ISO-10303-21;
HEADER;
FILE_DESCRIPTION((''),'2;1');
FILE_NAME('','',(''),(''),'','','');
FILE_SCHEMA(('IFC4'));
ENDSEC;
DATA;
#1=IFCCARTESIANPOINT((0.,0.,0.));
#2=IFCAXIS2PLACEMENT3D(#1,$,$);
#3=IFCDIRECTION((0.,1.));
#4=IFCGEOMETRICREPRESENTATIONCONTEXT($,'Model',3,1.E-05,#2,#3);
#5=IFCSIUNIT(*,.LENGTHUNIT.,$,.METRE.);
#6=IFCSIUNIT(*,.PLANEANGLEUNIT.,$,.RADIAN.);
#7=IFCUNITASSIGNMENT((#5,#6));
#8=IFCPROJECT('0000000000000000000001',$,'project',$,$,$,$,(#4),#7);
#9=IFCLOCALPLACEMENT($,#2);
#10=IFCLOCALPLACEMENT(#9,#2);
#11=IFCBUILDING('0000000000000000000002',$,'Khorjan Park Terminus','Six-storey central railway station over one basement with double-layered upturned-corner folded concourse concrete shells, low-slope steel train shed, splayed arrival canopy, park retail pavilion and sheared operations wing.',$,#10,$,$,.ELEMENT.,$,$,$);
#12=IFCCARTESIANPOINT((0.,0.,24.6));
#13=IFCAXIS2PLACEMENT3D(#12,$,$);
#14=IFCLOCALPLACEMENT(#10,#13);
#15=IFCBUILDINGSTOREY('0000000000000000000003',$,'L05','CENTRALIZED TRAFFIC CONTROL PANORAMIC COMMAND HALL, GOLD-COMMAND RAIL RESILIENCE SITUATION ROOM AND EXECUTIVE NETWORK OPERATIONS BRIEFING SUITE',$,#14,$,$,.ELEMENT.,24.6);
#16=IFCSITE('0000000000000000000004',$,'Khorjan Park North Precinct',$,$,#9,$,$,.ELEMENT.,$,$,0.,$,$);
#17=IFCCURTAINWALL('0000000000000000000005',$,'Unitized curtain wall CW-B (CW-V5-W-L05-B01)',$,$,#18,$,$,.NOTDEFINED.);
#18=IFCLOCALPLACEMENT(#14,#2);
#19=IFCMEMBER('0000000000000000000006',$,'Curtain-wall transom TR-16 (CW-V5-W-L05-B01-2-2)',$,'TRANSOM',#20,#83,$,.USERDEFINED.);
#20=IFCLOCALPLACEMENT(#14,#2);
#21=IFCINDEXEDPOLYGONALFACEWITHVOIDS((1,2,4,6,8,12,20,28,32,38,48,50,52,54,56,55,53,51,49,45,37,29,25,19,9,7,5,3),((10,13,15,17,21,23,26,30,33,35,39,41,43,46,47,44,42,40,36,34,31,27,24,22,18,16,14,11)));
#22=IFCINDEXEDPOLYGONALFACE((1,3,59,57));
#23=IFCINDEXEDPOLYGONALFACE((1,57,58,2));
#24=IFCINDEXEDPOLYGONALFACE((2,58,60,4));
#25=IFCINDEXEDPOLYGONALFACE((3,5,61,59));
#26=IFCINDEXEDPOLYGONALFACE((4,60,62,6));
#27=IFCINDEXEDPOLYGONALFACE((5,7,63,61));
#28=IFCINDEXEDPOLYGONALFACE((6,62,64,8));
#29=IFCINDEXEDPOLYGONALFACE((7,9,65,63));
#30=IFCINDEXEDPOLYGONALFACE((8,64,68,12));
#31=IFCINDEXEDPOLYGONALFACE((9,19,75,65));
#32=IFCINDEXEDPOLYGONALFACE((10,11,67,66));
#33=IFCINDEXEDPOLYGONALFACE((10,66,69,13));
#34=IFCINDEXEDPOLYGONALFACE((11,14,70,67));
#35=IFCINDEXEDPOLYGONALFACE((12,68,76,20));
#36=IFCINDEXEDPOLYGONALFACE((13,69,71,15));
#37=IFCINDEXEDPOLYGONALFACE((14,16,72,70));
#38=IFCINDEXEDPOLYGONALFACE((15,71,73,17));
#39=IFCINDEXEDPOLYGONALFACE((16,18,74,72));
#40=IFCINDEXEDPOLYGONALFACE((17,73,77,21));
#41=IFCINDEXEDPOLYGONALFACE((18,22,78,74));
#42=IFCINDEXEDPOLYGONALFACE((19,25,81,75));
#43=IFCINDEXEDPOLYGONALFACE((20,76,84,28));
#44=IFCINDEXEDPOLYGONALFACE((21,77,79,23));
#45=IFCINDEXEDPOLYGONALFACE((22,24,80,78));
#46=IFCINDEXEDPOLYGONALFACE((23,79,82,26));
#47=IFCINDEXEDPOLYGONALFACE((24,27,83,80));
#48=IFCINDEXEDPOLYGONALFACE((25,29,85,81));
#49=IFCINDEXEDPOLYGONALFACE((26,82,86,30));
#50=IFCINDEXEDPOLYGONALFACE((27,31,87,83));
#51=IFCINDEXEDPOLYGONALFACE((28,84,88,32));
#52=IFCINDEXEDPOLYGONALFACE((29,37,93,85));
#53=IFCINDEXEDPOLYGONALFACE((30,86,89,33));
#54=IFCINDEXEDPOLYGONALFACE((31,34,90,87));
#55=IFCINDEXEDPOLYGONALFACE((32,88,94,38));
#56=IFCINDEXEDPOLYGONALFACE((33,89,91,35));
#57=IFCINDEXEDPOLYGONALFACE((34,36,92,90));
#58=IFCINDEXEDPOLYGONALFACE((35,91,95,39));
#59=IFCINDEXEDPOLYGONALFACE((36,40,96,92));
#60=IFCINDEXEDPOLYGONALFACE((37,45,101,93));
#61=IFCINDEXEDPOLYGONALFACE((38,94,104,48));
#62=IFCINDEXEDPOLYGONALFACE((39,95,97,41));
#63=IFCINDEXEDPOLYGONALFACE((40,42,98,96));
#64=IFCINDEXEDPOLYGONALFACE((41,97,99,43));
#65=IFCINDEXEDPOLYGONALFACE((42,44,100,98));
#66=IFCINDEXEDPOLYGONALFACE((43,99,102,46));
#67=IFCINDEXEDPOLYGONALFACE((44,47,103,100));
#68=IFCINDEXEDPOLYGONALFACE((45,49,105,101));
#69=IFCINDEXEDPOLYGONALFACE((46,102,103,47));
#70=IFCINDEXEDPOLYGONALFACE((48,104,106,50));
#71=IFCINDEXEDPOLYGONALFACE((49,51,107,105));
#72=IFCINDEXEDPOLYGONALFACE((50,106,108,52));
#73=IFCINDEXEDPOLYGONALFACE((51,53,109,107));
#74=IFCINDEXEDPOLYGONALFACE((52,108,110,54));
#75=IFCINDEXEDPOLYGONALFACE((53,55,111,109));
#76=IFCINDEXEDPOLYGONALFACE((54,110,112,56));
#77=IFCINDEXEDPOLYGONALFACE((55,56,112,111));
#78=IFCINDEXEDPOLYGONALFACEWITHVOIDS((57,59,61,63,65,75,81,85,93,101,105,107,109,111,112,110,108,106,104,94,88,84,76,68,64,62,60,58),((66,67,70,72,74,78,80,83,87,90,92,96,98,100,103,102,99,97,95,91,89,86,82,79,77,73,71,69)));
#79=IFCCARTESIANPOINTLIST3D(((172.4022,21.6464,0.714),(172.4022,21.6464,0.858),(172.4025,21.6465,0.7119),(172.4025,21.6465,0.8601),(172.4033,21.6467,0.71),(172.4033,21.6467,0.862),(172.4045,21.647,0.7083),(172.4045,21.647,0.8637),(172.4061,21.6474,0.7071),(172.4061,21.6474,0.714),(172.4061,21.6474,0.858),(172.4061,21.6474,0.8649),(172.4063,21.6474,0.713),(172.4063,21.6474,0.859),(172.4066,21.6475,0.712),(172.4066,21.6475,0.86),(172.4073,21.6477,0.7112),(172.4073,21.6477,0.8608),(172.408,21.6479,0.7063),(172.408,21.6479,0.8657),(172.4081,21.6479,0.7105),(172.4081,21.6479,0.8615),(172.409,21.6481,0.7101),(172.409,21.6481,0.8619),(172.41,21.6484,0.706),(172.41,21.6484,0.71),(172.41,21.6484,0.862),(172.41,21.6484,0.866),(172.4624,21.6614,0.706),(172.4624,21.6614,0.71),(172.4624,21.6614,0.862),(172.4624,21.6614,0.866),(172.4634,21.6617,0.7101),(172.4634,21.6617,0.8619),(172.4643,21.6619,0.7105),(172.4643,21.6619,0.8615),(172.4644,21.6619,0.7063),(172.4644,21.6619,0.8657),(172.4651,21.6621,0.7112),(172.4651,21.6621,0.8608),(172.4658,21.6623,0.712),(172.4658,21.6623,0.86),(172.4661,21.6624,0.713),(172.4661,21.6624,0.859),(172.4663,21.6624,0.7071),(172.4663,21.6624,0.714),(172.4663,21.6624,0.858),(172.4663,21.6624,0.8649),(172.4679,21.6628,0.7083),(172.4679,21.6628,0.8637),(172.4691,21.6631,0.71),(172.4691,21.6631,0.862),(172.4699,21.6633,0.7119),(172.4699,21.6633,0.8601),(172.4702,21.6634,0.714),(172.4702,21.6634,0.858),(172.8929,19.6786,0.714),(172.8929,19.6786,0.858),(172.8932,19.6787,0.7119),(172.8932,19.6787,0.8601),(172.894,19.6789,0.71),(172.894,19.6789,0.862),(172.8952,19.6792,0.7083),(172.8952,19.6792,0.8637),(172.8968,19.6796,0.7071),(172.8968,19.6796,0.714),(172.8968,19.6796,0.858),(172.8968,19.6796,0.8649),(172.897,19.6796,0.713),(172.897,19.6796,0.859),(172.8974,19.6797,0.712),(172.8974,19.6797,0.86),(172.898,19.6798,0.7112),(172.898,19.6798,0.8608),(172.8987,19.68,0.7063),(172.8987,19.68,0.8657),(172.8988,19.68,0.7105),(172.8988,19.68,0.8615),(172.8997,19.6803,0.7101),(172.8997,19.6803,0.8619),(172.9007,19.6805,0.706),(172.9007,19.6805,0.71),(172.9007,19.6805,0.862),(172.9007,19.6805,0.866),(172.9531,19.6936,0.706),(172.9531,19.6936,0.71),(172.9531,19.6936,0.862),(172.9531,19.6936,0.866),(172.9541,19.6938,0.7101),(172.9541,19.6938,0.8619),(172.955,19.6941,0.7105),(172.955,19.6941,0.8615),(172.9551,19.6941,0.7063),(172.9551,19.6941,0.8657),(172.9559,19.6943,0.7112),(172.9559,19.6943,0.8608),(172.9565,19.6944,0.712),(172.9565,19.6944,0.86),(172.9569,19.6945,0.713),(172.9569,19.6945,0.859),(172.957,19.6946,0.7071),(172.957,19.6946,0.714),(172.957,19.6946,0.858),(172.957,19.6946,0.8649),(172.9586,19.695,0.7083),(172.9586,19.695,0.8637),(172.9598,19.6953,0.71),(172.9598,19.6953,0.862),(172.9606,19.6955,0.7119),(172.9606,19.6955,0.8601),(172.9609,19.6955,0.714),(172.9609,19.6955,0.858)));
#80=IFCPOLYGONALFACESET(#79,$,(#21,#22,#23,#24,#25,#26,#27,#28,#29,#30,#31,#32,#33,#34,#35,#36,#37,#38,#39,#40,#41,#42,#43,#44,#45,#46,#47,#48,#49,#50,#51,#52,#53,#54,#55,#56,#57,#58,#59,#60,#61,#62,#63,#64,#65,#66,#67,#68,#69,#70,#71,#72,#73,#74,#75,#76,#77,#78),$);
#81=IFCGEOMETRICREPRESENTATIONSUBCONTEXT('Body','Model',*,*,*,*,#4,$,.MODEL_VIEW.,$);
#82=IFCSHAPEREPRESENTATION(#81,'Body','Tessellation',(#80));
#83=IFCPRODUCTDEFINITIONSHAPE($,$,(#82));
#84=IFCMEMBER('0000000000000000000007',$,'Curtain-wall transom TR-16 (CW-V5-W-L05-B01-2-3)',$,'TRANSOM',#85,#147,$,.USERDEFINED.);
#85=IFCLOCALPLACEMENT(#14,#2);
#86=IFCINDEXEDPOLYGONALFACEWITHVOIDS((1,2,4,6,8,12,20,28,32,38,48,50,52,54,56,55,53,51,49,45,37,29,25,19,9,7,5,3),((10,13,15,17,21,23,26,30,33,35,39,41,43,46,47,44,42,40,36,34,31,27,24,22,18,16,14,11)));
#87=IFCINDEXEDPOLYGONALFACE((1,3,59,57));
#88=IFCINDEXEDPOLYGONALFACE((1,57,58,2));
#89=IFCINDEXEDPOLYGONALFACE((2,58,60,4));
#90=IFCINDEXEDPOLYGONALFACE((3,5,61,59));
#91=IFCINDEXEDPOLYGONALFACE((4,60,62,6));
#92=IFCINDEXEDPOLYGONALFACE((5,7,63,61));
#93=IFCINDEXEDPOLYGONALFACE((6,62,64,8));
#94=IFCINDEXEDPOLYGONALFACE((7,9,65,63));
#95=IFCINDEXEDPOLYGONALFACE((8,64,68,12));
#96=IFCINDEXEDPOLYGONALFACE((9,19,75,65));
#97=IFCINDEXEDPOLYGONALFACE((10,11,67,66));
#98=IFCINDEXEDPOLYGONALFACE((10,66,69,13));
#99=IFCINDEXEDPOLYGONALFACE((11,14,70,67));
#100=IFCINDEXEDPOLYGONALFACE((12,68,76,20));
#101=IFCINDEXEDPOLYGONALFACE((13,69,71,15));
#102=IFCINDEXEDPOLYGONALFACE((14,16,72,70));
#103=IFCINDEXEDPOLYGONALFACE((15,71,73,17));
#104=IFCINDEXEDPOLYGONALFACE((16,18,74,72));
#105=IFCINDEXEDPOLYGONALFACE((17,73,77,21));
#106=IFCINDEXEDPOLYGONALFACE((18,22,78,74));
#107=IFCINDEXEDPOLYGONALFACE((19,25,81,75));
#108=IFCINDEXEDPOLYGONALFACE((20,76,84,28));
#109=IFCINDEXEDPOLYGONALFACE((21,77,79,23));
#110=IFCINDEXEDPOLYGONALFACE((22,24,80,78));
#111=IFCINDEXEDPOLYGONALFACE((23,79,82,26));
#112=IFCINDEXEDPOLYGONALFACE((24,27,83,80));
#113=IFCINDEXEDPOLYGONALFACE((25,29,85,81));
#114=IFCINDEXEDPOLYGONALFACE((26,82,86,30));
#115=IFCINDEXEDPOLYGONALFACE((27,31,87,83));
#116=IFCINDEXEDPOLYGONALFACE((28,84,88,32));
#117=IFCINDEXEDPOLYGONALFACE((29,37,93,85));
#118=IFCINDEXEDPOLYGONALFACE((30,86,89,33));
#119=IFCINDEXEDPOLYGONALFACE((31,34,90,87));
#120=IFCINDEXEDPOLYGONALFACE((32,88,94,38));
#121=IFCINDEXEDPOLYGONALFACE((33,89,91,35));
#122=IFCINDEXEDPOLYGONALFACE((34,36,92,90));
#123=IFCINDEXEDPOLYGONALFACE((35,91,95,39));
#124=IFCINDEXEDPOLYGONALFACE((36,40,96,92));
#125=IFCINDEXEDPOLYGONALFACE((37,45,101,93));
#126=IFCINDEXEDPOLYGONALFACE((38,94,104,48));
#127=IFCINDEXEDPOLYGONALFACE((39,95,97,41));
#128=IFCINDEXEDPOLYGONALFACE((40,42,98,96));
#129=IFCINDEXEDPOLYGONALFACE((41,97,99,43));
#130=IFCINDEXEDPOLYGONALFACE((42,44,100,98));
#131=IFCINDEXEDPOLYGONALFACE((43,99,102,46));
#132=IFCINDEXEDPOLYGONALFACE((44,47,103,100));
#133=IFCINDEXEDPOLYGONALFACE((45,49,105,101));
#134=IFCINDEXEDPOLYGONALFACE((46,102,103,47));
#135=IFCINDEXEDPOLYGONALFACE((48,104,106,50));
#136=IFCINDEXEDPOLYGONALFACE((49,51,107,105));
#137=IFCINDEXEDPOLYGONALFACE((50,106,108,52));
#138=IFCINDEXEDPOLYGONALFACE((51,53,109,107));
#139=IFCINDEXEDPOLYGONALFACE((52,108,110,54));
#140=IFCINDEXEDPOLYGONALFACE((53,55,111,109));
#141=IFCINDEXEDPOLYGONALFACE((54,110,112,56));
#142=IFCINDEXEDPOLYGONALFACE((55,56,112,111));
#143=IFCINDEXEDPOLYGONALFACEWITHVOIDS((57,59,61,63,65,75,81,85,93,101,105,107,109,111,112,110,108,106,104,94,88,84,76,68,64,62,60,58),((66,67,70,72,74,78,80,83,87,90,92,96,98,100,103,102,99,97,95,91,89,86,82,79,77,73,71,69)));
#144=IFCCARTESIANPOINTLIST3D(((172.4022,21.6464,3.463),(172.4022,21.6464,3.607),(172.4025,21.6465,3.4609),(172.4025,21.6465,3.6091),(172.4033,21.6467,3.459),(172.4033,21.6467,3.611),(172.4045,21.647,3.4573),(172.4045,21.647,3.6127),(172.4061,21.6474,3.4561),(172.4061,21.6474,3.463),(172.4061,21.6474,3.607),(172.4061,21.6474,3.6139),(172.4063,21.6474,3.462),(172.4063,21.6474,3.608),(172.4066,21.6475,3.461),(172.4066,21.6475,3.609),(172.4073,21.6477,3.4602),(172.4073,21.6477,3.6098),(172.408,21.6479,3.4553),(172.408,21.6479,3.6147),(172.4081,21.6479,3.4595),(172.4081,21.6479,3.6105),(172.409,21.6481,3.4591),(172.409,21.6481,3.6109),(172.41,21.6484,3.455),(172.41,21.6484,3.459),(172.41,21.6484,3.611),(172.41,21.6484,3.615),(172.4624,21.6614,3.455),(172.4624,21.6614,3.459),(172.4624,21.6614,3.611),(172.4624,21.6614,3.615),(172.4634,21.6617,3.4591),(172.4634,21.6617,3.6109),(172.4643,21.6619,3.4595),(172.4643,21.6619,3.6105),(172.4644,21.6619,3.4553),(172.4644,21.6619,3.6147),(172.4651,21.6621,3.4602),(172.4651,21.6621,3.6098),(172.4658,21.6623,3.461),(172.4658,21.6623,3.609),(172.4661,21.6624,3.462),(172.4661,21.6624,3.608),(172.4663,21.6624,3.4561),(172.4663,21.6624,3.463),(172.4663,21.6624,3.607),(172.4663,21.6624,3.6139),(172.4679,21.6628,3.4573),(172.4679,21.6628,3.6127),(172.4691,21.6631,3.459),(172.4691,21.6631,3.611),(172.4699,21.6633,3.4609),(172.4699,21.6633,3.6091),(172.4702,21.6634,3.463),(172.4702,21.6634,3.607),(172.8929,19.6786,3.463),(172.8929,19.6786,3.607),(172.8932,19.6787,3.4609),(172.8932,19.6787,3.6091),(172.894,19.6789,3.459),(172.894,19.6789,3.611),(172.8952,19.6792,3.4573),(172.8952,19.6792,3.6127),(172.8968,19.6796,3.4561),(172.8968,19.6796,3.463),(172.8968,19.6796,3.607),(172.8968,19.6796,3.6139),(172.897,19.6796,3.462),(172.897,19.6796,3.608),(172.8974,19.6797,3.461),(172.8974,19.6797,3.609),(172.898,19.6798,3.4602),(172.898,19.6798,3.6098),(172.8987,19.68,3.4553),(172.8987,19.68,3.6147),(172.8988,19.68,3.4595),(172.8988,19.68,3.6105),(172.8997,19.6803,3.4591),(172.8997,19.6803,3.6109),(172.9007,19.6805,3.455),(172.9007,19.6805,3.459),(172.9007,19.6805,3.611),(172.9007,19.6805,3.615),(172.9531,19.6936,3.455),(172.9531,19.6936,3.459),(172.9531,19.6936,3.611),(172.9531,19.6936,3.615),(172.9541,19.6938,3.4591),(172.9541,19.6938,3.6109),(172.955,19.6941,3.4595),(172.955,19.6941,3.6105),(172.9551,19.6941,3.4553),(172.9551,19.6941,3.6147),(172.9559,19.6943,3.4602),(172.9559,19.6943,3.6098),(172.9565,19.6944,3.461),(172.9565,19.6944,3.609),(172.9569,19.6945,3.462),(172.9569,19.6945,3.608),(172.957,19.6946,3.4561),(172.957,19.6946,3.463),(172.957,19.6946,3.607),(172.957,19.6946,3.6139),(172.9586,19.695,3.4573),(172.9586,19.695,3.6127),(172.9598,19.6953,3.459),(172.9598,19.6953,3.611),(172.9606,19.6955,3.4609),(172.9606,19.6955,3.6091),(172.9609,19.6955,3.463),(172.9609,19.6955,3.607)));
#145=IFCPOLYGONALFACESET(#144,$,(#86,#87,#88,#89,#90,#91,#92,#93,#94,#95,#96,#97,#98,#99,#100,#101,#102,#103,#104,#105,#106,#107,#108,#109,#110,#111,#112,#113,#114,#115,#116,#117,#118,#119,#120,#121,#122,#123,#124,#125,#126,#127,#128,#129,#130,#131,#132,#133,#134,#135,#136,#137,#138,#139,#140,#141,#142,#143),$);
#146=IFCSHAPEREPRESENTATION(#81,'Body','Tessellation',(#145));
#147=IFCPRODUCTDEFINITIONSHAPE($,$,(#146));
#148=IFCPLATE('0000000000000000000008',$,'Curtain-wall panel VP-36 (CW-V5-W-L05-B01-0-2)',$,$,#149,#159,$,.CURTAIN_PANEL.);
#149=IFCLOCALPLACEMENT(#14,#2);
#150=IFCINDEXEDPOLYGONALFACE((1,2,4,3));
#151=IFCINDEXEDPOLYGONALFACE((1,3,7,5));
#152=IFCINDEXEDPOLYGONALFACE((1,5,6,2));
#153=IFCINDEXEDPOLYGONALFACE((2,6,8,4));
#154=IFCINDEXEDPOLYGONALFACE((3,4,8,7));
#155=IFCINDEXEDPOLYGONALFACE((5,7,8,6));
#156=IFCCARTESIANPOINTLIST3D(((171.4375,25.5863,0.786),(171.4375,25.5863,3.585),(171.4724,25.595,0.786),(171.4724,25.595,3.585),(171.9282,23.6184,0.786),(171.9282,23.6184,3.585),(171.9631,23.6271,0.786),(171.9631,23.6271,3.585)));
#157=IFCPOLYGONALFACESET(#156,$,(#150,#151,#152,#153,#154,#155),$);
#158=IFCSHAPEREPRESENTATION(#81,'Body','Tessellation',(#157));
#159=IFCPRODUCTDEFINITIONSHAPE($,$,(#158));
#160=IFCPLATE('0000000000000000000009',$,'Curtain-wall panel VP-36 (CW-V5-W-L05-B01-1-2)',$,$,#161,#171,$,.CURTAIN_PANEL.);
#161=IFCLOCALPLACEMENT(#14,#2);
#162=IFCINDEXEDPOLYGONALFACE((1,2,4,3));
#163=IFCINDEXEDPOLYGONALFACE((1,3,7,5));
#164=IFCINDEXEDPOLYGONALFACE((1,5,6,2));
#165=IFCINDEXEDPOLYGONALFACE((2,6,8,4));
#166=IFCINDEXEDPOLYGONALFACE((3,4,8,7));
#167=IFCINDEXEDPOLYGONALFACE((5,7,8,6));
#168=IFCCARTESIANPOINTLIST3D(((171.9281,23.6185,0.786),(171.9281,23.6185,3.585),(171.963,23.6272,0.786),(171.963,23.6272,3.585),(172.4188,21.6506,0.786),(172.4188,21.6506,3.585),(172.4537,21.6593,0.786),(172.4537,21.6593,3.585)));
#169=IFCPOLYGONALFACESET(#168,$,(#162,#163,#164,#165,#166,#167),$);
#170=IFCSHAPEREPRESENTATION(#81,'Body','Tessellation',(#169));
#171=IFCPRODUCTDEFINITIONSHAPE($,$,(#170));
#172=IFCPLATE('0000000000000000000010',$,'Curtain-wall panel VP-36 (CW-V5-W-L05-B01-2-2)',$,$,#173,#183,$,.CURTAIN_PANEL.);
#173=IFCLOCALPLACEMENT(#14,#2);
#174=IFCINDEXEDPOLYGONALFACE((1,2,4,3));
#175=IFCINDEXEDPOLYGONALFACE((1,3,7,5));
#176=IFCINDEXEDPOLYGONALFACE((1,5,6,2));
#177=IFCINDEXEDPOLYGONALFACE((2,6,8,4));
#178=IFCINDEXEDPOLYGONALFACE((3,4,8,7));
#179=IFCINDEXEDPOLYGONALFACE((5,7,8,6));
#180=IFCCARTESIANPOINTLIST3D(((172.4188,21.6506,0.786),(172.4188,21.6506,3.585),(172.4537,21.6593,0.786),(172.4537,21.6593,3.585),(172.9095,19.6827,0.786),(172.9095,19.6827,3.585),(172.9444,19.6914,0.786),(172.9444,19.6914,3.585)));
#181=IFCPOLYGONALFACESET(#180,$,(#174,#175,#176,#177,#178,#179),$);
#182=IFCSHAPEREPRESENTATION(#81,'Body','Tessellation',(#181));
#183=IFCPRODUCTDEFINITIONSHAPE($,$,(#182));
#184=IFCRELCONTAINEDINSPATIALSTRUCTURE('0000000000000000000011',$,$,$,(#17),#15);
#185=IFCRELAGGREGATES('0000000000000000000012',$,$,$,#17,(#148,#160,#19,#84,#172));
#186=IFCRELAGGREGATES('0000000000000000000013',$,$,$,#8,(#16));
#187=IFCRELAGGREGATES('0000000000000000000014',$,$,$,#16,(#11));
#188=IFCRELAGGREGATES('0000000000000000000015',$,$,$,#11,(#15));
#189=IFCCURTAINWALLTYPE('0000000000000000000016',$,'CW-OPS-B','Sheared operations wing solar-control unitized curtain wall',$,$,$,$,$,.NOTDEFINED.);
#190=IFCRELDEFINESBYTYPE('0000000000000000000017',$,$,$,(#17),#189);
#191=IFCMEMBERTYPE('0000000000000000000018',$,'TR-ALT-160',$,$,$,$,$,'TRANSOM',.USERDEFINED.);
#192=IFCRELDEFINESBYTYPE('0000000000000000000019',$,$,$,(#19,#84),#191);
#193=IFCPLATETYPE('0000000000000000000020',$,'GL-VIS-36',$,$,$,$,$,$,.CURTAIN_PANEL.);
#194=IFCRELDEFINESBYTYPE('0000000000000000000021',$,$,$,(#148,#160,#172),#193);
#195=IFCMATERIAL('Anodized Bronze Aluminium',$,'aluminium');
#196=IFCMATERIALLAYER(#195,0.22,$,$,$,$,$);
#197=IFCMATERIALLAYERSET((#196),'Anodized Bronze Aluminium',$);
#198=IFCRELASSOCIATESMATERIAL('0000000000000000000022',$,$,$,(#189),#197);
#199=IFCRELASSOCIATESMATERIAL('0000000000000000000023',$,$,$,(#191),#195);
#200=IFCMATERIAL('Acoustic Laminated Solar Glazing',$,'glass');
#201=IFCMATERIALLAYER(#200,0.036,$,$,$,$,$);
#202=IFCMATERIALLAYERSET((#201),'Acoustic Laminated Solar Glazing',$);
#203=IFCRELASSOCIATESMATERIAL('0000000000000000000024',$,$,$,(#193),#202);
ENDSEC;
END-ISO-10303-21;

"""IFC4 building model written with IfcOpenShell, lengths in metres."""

from ifc_helpers import new_model, si_unit, direction, frame, origin, origin_2d, place, context, subcontext, project, spatial, rectangle, hollow_rectangle, extrude, material, layer, layer_set, material_profile, profile_set, type_object, element, aggregate, save


model = new_model("IFC4")

# Units and contexts
model_context = context("Model", 3, precision=1e-05, world=origin(), true_north=direction((0.0, 1.0)))
body_context = subcontext(model_context, "Body", "Model", "MODEL_VIEW")
ifc_project = project(units=[si_unit("LENGTHUNIT", "METRE"), si_unit("PLANEANGLEUNIT", "RADIAN")], contexts=[model_context])

# Site, building, storey
site_placement = place(None, origin())
site = spatial("IfcSite", under=ifc_project, at=site_placement, Name="Khorjan Park North Precinct", CompositionType="ELEMENT", RefElevation=0.0)
building_placement = place(site_placement, origin())
building = spatial("IfcBuilding", under=site, at=building_placement, Name="Khorjan Park Terminus", Description="Six-storey central railway station over one basement with double-layered upturned-corner folded concourse concrete shells, low-slope steel train shed, splayed arrival canopy, park retail pavilion and sheared operations wing.", CompositionType="ELEMENT")
storey_placement = place(building_placement, frame((0.0, 0.0, 24.6)))
storey = spatial("IfcBuildingStorey", under=building, at=storey_placement, Name="L05", Description="CENTRALIZED TRAFFIC CONTROL PANORAMIC COMMAND HALL, GOLD-COMMAND RAIL RESILIENCE SITUATION ROOM AND EXECUTIVE NETWORK OPERATIONS BRIEFING SUITE", CompositionType="ELEMENT", Elevation=24.6)

# Shared definitions
ifc_material_1 = material(Name="Anodized Bronze Aluminium", Category="aluminium")
ifc_layer_1 = layer(ifc_material_1, 0.22)
ifc_layer_set_1 = layer_set([ifc_layer_1], Name="Anodized Bronze Aluminium")
curtain_wall_type = type_object("IfcCurtainWallType", Name="CW-OPS-B", Description="Sheared operations wing solar-control unitized curtain wall", PredefinedType="NOTDEFINED", material=ifc_layer_set_1)

# Curtain wall, members, plates
curtain_wall_1_placement = place(storey_placement, origin())
curtain_wall_1 = element("IfcCurtainWall", 1, at=curtain_wall_1_placement, inside=storey, type_object=curtain_wall_type, Name="Unitized curtain wall CW-B (CW-V5-W-L05-B01)", PredefinedType="NOTDEFINED")
ifc_material_profile_1 = material_profile(ifc_material_1, hollow_rectangle(XDim=0.07, YDim=0.16, WallThickness=0.004, InnerFilletRadius=0.004, OuterFilletRadius=0.008, at=origin_2d()), Name="ALT 70x160x4")
ifc_profile_set_1 = profile_set([ifc_material_profile_1], Name="Anodized Bronze Aluminium")
member_type_1 = type_object("IfcMemberType", Name="TR-ALT-160", ElementType="TRANSOM", PredefinedType="USERDEFINED", material=ifc_profile_set_1)
member_1_placement = place(storey_placement, frame((172.4362, 21.6549, 0.786), z_axis=(0.241955, -0.970287, 0.0), x_axis=(0.970287, 0.241955, 0.0)))
member_1 = element("IfcMember", 2, at=member_1_placement, type_object=member_type_1, Name="Curtain-wall transom TR-16 (CW-V5-W-L05-B01-2-2)", ObjectType="TRANSOM", PredefinedType="USERDEFINED", context=body_context, shape_type="SweptSolid", body=[
    extrude(hollow_rectangle(XDim=0.07, YDim=0.16, WallThickness=0.004, InnerFilletRadius=0.004, OuterFilletRadius=0.008, at=origin_2d()), origin(), (0.0, 0.0, 1.0), 2.0281),
])
member_2_placement = place(storey_placement, frame((172.4362, 21.6549, 3.535), z_axis=(0.241955, -0.970287, 0.0), x_axis=(0.970287, 0.241955, 0.0)))
member_2 = element("IfcMember", 3, at=member_2_placement, type_object=member_type_1, Name="Curtain-wall transom TR-16 (CW-V5-W-L05-B01-2-3)", ObjectType="TRANSOM", PredefinedType="USERDEFINED", context=body_context, shape_type="SweptSolid", body=[
    extrude(hollow_rectangle(XDim=0.07, YDim=0.16, WallThickness=0.004, InnerFilletRadius=0.004, OuterFilletRadius=0.008, at=origin_2d()), origin(), (0.0, 0.0, 1.0), 2.0281),
])
ifc_material_2 = material(Name="Acoustic Laminated Solar Glazing", Category="glass")
ifc_layer_2 = layer(ifc_material_2, 0.036)
ifc_layer_set_2 = layer_set([ifc_layer_2], Name="Acoustic Laminated Solar Glazing")
plate_type_1 = type_object("IfcPlateType", Name="GL-VIS-36", PredefinedType="CURTAIN_PANEL", material=ifc_layer_set_2)
plate_1_placement = place(storey_placement, frame((171.7003, 24.6067, 0.786), z_axis=(0.0, 0.0, 1.0), x_axis=(0.241928, -0.970294, 0.0)))
plate_1 = element("IfcPlate", 4, at=plate_1_placement, type_object=plate_type_1, Name="Curtain-wall panel VP-36 (CW-V5-W-L05-B01-0-2)", PredefinedType="CURTAIN_PANEL", context=body_context, shape_type="SweptSolid", body=[
    extrude(rectangle(XDim=2.0281, YDim=0.036, at=origin_2d()), origin(), (0.0, 0.0, 1.0), 2.799),
])
plate_2_placement = place(storey_placement, frame((172.1909, 22.6389, 0.786), z_axis=(0.0, 0.0, 1.0), x_axis=(0.241928, -0.970294, 0.0)))
plate_2 = element("IfcPlate", 5, at=plate_2_placement, type_object=plate_type_1, Name="Curtain-wall panel VP-36 (CW-V5-W-L05-B01-1-2)", PredefinedType="CURTAIN_PANEL", context=body_context, shape_type="SweptSolid", body=[
    extrude(rectangle(XDim=2.0281, YDim=0.036, at=origin_2d()), origin(), (0.0, 0.0, 1.0), 2.799),
])
plate_3_placement = place(storey_placement, frame((172.6816, 20.671, 0.786), z_axis=(0.0, 0.0, 1.0), x_axis=(0.241928, -0.970294, 0.0)))
plate_3 = element("IfcPlate", 6, at=plate_3_placement, type_object=plate_type_1, Name="Curtain-wall panel VP-36 (CW-V5-W-L05-B01-2-2)", PredefinedType="CURTAIN_PANEL", context=body_context, shape_type="SweptSolid", body=[
    extrude(rectangle(XDim=2.0281, YDim=0.036, at=origin_2d()), origin(), (0.0, 0.0, 1.0), 2.799),
])

aggregate(curtain_wall_1, [plate_1, plate_2, member_1, member_2, plate_3])

save(model, "model.ifc")
